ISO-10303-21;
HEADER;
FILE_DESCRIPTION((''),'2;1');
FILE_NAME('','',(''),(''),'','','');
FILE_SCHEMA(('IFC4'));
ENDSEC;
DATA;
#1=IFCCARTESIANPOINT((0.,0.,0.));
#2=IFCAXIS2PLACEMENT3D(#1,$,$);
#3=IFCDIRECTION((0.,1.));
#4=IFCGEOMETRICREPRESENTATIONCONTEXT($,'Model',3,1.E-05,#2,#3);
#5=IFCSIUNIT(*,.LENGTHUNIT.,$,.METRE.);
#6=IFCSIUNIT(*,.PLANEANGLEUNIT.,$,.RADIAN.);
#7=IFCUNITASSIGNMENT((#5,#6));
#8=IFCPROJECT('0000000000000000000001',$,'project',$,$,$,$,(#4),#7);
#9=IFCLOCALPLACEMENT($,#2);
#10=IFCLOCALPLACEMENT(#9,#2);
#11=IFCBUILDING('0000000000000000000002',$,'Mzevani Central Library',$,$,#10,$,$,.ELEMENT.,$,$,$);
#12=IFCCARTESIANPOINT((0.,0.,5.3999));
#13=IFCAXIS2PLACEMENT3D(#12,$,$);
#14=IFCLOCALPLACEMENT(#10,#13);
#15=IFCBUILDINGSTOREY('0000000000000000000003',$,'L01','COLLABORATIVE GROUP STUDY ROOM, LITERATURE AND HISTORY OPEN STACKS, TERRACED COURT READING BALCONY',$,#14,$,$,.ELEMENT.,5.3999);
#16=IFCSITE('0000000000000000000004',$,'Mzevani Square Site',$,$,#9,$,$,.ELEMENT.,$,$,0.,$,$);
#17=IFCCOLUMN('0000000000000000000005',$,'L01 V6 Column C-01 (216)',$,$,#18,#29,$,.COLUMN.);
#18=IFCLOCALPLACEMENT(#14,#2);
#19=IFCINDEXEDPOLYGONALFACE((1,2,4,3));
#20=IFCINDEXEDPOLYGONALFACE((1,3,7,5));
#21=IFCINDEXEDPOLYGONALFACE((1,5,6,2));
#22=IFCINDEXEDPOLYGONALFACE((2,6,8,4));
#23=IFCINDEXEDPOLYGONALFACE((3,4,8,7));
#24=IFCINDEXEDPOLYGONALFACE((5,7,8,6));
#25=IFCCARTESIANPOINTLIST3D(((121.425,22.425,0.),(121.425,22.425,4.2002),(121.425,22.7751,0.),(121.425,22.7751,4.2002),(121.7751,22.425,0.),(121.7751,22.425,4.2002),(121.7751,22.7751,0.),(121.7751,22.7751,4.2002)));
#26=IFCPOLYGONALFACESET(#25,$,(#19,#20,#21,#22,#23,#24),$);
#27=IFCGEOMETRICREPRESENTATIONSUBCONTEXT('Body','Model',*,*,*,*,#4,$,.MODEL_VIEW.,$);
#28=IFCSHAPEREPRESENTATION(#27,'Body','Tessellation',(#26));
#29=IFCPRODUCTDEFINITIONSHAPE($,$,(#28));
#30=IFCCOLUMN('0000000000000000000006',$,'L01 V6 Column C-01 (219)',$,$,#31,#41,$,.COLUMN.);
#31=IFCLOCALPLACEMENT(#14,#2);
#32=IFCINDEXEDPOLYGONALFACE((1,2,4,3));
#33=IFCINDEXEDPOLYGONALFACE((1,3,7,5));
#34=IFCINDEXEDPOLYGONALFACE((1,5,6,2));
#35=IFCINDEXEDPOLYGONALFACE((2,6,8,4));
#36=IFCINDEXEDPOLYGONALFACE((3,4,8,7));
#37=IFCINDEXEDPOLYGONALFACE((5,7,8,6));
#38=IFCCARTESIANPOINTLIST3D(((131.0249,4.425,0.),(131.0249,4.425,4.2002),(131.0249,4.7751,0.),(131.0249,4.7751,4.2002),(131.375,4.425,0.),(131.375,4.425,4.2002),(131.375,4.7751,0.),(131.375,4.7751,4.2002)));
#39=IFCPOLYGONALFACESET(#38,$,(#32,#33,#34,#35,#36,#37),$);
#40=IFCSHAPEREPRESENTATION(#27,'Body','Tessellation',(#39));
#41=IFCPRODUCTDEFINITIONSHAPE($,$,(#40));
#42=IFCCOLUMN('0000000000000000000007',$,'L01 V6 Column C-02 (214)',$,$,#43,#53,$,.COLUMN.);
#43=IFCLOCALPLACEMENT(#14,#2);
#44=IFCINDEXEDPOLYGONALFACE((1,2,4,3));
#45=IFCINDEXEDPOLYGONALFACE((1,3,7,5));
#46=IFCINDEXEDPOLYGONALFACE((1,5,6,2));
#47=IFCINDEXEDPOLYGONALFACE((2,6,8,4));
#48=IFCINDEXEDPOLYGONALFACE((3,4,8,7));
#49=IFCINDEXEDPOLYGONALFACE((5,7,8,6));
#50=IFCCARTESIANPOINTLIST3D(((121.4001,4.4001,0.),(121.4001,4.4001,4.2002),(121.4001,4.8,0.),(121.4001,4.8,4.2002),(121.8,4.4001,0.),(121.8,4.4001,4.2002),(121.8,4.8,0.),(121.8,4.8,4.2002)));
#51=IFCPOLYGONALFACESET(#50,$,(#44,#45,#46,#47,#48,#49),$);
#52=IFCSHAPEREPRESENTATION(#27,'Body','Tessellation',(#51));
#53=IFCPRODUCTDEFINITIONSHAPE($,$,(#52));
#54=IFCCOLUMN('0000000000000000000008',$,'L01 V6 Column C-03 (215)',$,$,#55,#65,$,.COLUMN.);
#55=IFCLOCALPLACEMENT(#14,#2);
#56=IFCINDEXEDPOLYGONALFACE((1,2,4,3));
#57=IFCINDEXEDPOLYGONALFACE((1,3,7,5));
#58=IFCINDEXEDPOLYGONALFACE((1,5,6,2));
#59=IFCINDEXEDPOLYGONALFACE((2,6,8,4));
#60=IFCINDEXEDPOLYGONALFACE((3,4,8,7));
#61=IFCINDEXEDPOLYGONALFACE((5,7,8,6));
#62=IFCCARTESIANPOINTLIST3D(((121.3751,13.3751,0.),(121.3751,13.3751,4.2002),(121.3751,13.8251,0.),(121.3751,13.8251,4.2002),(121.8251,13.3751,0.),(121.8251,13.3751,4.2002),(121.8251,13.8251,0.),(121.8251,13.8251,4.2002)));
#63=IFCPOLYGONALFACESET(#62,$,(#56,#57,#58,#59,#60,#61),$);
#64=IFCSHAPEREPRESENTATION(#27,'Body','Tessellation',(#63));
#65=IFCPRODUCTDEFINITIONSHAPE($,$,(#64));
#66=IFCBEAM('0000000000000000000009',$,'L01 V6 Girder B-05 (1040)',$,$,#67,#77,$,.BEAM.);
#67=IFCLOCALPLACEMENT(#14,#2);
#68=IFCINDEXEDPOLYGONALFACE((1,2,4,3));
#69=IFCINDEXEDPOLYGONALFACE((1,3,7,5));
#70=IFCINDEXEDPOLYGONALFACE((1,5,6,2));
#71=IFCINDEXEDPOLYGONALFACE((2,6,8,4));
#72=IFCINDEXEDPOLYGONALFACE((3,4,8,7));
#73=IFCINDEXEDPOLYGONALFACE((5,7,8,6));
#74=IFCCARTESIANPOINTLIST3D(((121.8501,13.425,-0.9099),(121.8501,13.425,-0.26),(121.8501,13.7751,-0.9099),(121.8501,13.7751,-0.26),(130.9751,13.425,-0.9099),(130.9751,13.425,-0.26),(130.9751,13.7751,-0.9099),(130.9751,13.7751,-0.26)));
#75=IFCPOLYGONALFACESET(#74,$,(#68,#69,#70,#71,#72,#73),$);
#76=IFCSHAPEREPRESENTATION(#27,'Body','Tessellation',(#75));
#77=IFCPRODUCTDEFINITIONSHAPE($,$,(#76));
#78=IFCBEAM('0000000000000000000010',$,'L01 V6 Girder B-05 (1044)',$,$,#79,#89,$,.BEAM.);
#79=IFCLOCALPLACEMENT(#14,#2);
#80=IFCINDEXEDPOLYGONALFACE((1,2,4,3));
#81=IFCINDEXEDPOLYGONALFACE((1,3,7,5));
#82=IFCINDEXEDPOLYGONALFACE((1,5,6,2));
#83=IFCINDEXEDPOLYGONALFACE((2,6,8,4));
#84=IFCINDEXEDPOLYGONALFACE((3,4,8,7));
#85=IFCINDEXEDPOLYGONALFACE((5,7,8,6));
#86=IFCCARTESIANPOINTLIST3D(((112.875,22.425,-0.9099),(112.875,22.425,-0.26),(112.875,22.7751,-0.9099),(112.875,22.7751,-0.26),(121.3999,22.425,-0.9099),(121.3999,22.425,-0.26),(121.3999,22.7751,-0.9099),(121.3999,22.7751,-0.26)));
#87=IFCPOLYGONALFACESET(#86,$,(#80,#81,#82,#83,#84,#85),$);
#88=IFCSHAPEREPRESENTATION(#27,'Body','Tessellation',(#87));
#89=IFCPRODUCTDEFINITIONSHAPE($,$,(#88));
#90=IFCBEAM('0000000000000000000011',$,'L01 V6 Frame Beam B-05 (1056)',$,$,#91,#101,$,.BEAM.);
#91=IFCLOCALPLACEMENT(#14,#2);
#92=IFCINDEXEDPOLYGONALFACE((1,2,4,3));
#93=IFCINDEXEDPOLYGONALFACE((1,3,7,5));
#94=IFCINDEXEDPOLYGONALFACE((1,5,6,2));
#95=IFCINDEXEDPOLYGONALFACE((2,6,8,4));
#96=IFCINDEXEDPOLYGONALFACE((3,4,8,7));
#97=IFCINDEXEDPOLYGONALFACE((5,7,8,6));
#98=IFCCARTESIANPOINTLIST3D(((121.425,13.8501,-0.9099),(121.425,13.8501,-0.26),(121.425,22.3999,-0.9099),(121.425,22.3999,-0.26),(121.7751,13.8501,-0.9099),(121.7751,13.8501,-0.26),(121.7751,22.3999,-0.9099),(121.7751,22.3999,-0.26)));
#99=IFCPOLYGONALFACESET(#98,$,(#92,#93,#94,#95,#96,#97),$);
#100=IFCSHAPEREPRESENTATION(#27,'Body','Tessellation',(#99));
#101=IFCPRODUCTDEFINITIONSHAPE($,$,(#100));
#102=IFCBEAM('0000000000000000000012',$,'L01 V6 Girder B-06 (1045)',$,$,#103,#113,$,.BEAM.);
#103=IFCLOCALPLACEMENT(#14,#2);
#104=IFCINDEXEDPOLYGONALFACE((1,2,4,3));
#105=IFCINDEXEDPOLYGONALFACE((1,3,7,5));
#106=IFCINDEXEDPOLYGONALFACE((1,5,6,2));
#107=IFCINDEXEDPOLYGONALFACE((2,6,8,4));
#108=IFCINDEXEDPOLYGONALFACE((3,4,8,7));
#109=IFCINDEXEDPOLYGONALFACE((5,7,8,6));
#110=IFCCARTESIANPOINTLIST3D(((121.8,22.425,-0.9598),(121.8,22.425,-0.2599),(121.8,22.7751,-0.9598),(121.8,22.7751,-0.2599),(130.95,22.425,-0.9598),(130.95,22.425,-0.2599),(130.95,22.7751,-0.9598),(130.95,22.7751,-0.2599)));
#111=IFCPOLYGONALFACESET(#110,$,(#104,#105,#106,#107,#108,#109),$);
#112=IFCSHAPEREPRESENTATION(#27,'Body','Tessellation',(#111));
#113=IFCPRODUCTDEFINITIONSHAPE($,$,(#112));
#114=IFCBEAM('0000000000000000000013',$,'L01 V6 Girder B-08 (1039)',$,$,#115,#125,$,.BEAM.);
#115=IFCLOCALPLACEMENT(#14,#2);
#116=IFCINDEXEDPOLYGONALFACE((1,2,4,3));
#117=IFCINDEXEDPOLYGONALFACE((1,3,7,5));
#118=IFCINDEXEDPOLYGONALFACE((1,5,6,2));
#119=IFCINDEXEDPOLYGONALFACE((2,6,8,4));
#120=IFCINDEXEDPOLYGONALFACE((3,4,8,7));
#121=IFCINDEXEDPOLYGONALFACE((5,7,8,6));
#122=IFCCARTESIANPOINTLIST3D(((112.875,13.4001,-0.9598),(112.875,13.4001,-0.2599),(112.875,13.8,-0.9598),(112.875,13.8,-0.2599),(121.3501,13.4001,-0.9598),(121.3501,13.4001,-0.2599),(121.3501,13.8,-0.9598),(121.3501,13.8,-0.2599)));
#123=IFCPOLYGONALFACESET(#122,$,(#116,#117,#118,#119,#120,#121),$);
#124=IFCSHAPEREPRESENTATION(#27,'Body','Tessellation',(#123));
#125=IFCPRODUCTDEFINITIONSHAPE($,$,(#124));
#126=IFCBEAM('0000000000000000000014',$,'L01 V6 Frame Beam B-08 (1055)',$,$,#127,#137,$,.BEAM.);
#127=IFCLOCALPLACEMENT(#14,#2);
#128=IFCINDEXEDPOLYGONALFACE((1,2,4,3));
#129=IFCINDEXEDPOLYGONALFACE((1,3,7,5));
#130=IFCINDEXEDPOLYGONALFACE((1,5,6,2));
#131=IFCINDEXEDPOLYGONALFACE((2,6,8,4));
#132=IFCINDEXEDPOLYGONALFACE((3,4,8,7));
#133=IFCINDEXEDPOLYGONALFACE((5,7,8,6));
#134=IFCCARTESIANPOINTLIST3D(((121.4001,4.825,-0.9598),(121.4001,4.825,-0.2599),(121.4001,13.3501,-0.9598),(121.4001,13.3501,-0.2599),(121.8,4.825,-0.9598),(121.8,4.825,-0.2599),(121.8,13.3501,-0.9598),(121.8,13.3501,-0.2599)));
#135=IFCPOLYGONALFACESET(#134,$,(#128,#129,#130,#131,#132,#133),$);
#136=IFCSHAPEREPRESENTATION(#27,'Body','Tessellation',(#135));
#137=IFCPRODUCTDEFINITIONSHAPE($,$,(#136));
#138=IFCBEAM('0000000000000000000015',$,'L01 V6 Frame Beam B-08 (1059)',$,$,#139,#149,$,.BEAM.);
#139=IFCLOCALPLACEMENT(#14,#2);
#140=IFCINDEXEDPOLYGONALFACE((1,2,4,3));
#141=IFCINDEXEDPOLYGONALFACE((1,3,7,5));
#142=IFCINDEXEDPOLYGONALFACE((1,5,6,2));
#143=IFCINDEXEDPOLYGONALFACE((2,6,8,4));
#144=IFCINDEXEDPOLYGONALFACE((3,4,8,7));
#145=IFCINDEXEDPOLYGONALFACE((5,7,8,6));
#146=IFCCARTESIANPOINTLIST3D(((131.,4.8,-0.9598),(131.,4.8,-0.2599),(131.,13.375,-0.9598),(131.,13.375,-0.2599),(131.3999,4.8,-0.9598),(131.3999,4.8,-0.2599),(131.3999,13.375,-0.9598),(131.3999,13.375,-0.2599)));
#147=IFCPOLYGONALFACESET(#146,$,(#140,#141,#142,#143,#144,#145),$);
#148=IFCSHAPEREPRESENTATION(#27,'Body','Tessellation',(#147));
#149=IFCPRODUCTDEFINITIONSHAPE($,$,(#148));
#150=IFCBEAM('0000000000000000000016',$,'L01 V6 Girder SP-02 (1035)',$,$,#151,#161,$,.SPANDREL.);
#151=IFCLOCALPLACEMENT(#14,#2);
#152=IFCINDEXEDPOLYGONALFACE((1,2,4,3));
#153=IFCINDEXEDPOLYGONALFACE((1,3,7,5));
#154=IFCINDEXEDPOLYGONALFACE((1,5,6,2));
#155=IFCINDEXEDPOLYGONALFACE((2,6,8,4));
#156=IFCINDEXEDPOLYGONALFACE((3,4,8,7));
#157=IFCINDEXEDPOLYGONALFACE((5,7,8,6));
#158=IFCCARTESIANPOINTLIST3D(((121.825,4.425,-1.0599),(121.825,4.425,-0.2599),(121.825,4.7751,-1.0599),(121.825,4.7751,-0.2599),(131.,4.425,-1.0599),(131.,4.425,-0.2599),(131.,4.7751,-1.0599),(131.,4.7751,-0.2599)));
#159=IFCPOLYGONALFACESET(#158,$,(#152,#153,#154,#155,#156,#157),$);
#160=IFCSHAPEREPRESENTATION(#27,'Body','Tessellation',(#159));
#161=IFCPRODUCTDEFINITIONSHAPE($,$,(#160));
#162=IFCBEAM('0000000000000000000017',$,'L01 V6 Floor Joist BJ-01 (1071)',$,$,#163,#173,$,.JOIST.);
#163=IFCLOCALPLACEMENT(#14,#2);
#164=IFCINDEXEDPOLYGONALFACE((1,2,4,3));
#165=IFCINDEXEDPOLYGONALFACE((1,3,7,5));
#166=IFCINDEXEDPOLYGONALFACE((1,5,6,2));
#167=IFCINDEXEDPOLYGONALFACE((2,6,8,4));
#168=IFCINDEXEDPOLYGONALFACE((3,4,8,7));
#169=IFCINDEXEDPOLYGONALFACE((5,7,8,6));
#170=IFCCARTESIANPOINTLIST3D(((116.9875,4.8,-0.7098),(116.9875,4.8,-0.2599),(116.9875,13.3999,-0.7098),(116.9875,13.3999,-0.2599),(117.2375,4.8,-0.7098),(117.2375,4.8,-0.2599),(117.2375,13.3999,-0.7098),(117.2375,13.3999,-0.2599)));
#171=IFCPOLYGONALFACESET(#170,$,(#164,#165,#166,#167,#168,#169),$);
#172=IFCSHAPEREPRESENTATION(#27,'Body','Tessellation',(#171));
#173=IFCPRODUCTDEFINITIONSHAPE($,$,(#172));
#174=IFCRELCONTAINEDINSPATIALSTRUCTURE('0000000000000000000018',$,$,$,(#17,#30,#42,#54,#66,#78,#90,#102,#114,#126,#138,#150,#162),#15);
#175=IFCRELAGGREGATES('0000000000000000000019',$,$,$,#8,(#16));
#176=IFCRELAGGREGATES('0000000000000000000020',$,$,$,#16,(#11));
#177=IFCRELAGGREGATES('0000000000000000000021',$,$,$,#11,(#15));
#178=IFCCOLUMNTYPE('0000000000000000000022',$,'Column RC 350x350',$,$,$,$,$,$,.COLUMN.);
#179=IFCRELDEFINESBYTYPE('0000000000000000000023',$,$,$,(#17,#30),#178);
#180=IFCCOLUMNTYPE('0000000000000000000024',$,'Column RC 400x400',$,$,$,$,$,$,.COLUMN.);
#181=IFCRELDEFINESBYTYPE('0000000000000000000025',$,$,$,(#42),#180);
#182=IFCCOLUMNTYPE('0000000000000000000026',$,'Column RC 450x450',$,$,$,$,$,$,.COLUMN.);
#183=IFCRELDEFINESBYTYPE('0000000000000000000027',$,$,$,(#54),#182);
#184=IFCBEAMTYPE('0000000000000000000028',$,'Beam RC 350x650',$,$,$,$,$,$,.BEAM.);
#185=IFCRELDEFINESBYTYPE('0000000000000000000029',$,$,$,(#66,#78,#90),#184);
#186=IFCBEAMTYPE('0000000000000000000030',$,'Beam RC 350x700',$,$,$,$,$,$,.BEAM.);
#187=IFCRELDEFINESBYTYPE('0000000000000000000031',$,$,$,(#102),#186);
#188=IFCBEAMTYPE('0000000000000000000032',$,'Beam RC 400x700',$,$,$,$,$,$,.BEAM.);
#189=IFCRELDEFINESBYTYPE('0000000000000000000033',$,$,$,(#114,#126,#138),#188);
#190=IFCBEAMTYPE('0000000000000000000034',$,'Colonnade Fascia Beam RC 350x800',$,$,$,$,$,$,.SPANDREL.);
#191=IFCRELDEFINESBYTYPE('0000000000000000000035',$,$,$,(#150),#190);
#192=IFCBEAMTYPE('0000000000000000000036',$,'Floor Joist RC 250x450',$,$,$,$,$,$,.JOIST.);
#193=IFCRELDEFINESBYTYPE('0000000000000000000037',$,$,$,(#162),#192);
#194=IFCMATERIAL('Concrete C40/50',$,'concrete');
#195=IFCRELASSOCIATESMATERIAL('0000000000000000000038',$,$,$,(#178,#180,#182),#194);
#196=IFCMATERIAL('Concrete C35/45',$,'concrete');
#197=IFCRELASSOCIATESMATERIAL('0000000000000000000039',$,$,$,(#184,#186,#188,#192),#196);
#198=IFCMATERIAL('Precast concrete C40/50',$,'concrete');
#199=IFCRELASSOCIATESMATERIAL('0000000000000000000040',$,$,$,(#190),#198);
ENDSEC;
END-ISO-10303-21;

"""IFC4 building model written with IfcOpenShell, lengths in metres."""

from ifc_helpers import new_model, si_unit, direction, frame, origin, origin_2d, place, context, subcontext, project, spatial, rectangle, extrude, material, material_profile, profile_set, type_object, element, save


model = new_model("IFC4")

# Units and contexts
model_context = context("Model", 3, precision=1e-05, world=origin(), true_north=direction((0.0, 1.0)))
body_context = subcontext(model_context, "Body", "Model", "MODEL_VIEW")
ifc_project = project(units=[si_unit("LENGTHUNIT", "METRE"), si_unit("PLANEANGLEUNIT", "RADIAN")], contexts=[model_context])

# Site, building, storey
site_placement = place(None, origin())
site = spatial("IfcSite", under=ifc_project, at=site_placement, Name="Mzevani Square Site", CompositionType="ELEMENT", RefElevation=0.0)
building_placement = place(site_placement, origin())
building = spatial("IfcBuilding", under=site, at=building_placement, Name="Mzevani Central Library", CompositionType="ELEMENT")
storey_placement = place(building_placement, frame((0.0, 0.0, 5.3999)))
storey = spatial("IfcBuildingStorey", under=building, at=storey_placement, Name="L01", Description="COLLABORATIVE GROUP STUDY ROOM, LITERATURE AND HISTORY OPEN STACKS, TERRACED COURT READING BALCONY", CompositionType="ELEMENT", Elevation=5.3999)

# Columns
ifc_material_1 = material(Name="Concrete C40/50", Category="concrete")
ifc_material_profile_1 = material_profile(ifc_material_1, rectangle(XDim=0.3501, YDim=0.3501, at=origin_2d()), Name="RC 350x350")
ifc_profile_set_1 = profile_set([ifc_material_profile_1], Name="Concrete C40/50")
column_type_1 = type_object("IfcColumnType", Name="Column RC 350x350", PredefinedType="COLUMN", material=ifc_profile_set_1)
for number, where, z_axis, x_axis, name in (
    (1, (121.6001, 22.6001, 0.0), (0.0, 0.0, 1.0), (1.0, 0.0, 0.0), "L01 V6 Column C-01 (216)"),
    (2, (131.2, 4.6001, 0.0), (0.0, 0.0, 1.0), (1.0, 0.0, 0.0), "L01 V6 Column C-01 (219)"),
):
    element("IfcColumn", number, at=place(storey_placement, frame(where, z_axis=z_axis, x_axis=x_axis)), inside=storey, type_object=column_type_1, Name=name, PredefinedType="COLUMN", context=body_context, shape_type="SweptSolid", body=[
        extrude(rectangle(XDim=0.3501, YDim=0.3501, at=origin_2d()), origin(), (0.0, 0.0, 1.0), 4.2002),
    ])
ifc_material_profile_2 = material_profile(ifc_material_1, rectangle(XDim=0.3999, YDim=0.3999, at=origin_2d()), Name="RC 400x400")
ifc_profile_set_2 = profile_set([ifc_material_profile_2], Name="Concrete C40/50")
column_type_2 = type_object("IfcColumnType", Name="Column RC 400x400", PredefinedType="COLUMN", material=ifc_profile_set_2)
column_1_placement = place(storey_placement, frame((121.6001, 4.6001, 0.0), z_axis=(0.0, 0.0, 1.0), x_axis=(1.0, 0.0, 0.0)))
element("IfcColumn", 3, at=column_1_placement, inside=storey, type_object=column_type_2, Name="L01 V6 Column C-02 (214)", PredefinedType="COLUMN", context=body_context, shape_type="SweptSolid", body=[
    extrude(rectangle(XDim=0.3999, YDim=0.3999, at=origin_2d()), origin(), (0.0, 0.0, 1.0), 4.2002),
])
ifc_material_profile_3 = material_profile(ifc_material_1, rectangle(XDim=0.45, YDim=0.45, at=origin_2d()), Name="RC 450x450")
ifc_profile_set_3 = profile_set([ifc_material_profile_3], Name="Concrete C40/50")
column_type_3 = type_object("IfcColumnType", Name="Column RC 450x450", PredefinedType="COLUMN", material=ifc_profile_set_3)
column_2_placement = place(storey_placement, frame((121.6001, 13.6001, 0.0), z_axis=(0.0, 0.0, 1.0), x_axis=(1.0, 0.0, 0.0)))
element("IfcColumn", 4, at=column_2_placement, inside=storey, type_object=column_type_3, Name="L01 V6 Column C-03 (215)", PredefinedType="COLUMN", context=body_context, shape_type="SweptSolid", body=[
    extrude(rectangle(XDim=0.45, YDim=0.45, at=origin_2d()), origin(), (0.0, 0.0, 1.0), 4.2002),
])

# Beams
ifc_material_2 = material(Name="Concrete C35/45", Category="concrete")
ifc_material_profile_4 = material_profile(ifc_material_2, rectangle(XDim=0.3501, YDim=0.6499, at=origin_2d()), Name="RC B350x650")
ifc_profile_set_4 = profile_set([ifc_material_profile_4], Name="Concrete C35/45")
beam_type_1 = type_object("IfcBeamType", Name="Beam RC 350x650", PredefinedType="BEAM", material=ifc_profile_set_4)
beam_1_placement = place(storey_placement, frame((121.8501, 13.6001, -0.585), z_axis=(1.0, 0.0, 0.0), x_axis=(0.0, 1.0, 0.0)))
element("IfcBeam", 5, at=beam_1_placement, inside=storey, type_object=beam_type_1, Name="L01 V6 Girder B-05 (1040)", PredefinedType="BEAM", context=body_context, shape_type="SweptSolid", body=[
    extrude(rectangle(XDim=0.3501, YDim=0.6499, at=origin_2d()), origin(), (0.0, 0.0, 1.0), 9.125),
])
beam_2_placement = place(storey_placement, frame((112.875, 22.6001, -0.585), z_axis=(1.0, 0.0, 0.0), x_axis=(0.0, 1.0, 0.0)))
element("IfcBeam", 6, at=beam_2_placement, inside=storey, type_object=beam_type_1, Name="L01 V6 Girder B-05 (1044)", PredefinedType="BEAM", context=body_context, shape_type="SweptSolid", body=[
    extrude(rectangle(XDim=0.3501, YDim=0.6499, at=origin_2d()), origin(), (0.0, 0.0, 1.0), 8.5249),
])
beam_3_placement = place(storey_placement, frame((121.6001, 13.8501, -0.585), z_axis=(0.0, 1.0, 0.0), x_axis=(-1.0, 0.0, 0.0)))
element("IfcBeam", 7, at=beam_3_placement, inside=storey, type_object=beam_type_1, Name="L01 V6 Frame Beam B-05 (1056)", PredefinedType="BEAM", context=body_context, shape_type="SweptSolid", body=[
    extrude(rectangle(XDim=0.3501, YDim=0.6499, at=origin_2d()), origin(), (0.0, 0.0, 1.0), 8.5498),
])
ifc_material_profile_5 = material_profile(ifc_material_2, rectangle(XDim=0.3501, YDim=0.7, at=origin_2d()), Name="RC B350x700")
ifc_profile_set_5 = profile_set([ifc_material_profile_5], Name="Concrete C35/45")
beam_type_2 = type_object("IfcBeamType", Name="Beam RC 350x700", PredefinedType="BEAM", material=ifc_profile_set_5)
beam_4_placement = place(storey_placement, frame((121.8, 22.6001, -0.6099), z_axis=(1.0, 0.0, 0.0), x_axis=(0.0, 1.0, 0.0)))
element("IfcBeam", 8, at=beam_4_placement, inside=storey, type_object=beam_type_2, Name="L01 V6 Girder B-06 (1045)", PredefinedType="BEAM", context=body_context, shape_type="SweptSolid", body=[
    extrude(rectangle(XDim=0.3501, YDim=0.7, at=origin_2d()), origin(), (0.0, 0.0, 1.0), 9.1499),
])
ifc_material_profile_6 = material_profile(ifc_material_2, rectangle(XDim=0.3999, YDim=0.7, at=origin_2d()), Name="RC B400x700")
ifc_profile_set_6 = profile_set([ifc_material_profile_6], Name="Concrete C35/45")
beam_type_3 = type_object("IfcBeamType", Name="Beam RC 400x700", PredefinedType="BEAM", material=ifc_profile_set_6)
beam_5_placement = place(storey_placement, frame((112.875, 13.6001, -0.6099), z_axis=(1.0, 0.0, 0.0), x_axis=(0.0, 1.0, 0.0)))
element("IfcBeam", 9, at=beam_5_placement, inside=storey, type_object=beam_type_3, Name="L01 V6 Girder B-08 (1039)", PredefinedType="BEAM", context=body_context, shape_type="SweptSolid", body=[
    extrude(rectangle(XDim=0.3999, YDim=0.7, at=origin_2d()), origin(), (0.0, 0.0, 1.0), 8.4751),
])
beam_6_placement = place(storey_placement, frame((121.6001, 4.825, -0.6099), z_axis=(0.0, 1.0, 0.0), x_axis=(-1.0, 0.0, 0.0)))
element("IfcBeam", 10, at=beam_6_placement, inside=storey, type_object=beam_type_3, Name="L01 V6 Frame Beam B-08 (1055)", PredefinedType="BEAM", context=body_context, shape_type="SweptSolid", body=[
    extrude(rectangle(XDim=0.3999, YDim=0.7, at=origin_2d()), origin(), (0.0, 0.0, 1.0), 8.5251),
])
beam_7_placement = place(storey_placement, frame((131.2, 4.8, -0.6099), z_axis=(0.0, 1.0, 0.0), x_axis=(-1.0, 0.0, 0.0)))
element("IfcBeam", 11, at=beam_7_placement, inside=storey, type_object=beam_type_3, Name="L01 V6 Frame Beam B-08 (1059)", PredefinedType="BEAM", context=body_context, shape_type="SweptSolid", body=[
    extrude(rectangle(XDim=0.3999, YDim=0.7, at=origin_2d()), origin(), (0.0, 0.0, 1.0), 8.575),
])
ifc_material_3 = material(Name="Precast concrete C40/50", Category="concrete")
ifc_material_profile_7 = material_profile(ifc_material_3, rectangle(XDim=0.3501, YDim=0.8, at=origin_2d()), Name="RC SP350x800")
ifc_profile_set_7 = profile_set([ifc_material_profile_7], Name="Precast concrete C40/50")
beam_type_4 = type_object("IfcBeamType", Name="Colonnade Fascia Beam RC 350x800", PredefinedType="SPANDREL", material=ifc_profile_set_7)
beam_8_placement = place(storey_placement, frame((121.825, 4.6001, -0.6599), z_axis=(1.0, 0.0, 0.0), x_axis=(0.0, 1.0, 0.0)))
element("IfcBeam", 12, at=beam_8_placement, inside=storey, type_object=beam_type_4, Name="L01 V6 Girder SP-02 (1035)", PredefinedType="SPANDREL", context=body_context, shape_type="SweptSolid", body=[
    extrude(rectangle(XDim=0.3501, YDim=0.8, at=origin_2d()), origin(), (0.0, 0.0, 1.0), 9.175),
])
ifc_material_profile_8 = material_profile(ifc_material_2, rectangle(XDim=0.25, YDim=0.45, at=origin_2d()), Name="RC J250x450")
ifc_profile_set_8 = profile_set([ifc_material_profile_8], Name="Concrete C35/45")
beam_type_5 = type_object("IfcBeamType", Name="Floor Joist RC 250x450", PredefinedType="JOIST", material=ifc_profile_set_8)
beam_9_placement = place(storey_placement, frame((117.1125, 4.8, -0.4849), z_axis=(0.0, 1.0, 0.0), x_axis=(-1.0, 0.0, 0.0)))
element("IfcBeam", 13, at=beam_9_placement, inside=storey, type_object=beam_type_5, Name="L01 V6 Floor Joist BJ-01 (1071)", PredefinedType="JOIST", context=body_context, shape_type="SweptSolid", body=[
    extrude(rectangle(XDim=0.25, YDim=0.45, at=origin_2d()), origin(), (0.0, 0.0, 1.0), 8.5999),
])

save(model, "model.ifc")
